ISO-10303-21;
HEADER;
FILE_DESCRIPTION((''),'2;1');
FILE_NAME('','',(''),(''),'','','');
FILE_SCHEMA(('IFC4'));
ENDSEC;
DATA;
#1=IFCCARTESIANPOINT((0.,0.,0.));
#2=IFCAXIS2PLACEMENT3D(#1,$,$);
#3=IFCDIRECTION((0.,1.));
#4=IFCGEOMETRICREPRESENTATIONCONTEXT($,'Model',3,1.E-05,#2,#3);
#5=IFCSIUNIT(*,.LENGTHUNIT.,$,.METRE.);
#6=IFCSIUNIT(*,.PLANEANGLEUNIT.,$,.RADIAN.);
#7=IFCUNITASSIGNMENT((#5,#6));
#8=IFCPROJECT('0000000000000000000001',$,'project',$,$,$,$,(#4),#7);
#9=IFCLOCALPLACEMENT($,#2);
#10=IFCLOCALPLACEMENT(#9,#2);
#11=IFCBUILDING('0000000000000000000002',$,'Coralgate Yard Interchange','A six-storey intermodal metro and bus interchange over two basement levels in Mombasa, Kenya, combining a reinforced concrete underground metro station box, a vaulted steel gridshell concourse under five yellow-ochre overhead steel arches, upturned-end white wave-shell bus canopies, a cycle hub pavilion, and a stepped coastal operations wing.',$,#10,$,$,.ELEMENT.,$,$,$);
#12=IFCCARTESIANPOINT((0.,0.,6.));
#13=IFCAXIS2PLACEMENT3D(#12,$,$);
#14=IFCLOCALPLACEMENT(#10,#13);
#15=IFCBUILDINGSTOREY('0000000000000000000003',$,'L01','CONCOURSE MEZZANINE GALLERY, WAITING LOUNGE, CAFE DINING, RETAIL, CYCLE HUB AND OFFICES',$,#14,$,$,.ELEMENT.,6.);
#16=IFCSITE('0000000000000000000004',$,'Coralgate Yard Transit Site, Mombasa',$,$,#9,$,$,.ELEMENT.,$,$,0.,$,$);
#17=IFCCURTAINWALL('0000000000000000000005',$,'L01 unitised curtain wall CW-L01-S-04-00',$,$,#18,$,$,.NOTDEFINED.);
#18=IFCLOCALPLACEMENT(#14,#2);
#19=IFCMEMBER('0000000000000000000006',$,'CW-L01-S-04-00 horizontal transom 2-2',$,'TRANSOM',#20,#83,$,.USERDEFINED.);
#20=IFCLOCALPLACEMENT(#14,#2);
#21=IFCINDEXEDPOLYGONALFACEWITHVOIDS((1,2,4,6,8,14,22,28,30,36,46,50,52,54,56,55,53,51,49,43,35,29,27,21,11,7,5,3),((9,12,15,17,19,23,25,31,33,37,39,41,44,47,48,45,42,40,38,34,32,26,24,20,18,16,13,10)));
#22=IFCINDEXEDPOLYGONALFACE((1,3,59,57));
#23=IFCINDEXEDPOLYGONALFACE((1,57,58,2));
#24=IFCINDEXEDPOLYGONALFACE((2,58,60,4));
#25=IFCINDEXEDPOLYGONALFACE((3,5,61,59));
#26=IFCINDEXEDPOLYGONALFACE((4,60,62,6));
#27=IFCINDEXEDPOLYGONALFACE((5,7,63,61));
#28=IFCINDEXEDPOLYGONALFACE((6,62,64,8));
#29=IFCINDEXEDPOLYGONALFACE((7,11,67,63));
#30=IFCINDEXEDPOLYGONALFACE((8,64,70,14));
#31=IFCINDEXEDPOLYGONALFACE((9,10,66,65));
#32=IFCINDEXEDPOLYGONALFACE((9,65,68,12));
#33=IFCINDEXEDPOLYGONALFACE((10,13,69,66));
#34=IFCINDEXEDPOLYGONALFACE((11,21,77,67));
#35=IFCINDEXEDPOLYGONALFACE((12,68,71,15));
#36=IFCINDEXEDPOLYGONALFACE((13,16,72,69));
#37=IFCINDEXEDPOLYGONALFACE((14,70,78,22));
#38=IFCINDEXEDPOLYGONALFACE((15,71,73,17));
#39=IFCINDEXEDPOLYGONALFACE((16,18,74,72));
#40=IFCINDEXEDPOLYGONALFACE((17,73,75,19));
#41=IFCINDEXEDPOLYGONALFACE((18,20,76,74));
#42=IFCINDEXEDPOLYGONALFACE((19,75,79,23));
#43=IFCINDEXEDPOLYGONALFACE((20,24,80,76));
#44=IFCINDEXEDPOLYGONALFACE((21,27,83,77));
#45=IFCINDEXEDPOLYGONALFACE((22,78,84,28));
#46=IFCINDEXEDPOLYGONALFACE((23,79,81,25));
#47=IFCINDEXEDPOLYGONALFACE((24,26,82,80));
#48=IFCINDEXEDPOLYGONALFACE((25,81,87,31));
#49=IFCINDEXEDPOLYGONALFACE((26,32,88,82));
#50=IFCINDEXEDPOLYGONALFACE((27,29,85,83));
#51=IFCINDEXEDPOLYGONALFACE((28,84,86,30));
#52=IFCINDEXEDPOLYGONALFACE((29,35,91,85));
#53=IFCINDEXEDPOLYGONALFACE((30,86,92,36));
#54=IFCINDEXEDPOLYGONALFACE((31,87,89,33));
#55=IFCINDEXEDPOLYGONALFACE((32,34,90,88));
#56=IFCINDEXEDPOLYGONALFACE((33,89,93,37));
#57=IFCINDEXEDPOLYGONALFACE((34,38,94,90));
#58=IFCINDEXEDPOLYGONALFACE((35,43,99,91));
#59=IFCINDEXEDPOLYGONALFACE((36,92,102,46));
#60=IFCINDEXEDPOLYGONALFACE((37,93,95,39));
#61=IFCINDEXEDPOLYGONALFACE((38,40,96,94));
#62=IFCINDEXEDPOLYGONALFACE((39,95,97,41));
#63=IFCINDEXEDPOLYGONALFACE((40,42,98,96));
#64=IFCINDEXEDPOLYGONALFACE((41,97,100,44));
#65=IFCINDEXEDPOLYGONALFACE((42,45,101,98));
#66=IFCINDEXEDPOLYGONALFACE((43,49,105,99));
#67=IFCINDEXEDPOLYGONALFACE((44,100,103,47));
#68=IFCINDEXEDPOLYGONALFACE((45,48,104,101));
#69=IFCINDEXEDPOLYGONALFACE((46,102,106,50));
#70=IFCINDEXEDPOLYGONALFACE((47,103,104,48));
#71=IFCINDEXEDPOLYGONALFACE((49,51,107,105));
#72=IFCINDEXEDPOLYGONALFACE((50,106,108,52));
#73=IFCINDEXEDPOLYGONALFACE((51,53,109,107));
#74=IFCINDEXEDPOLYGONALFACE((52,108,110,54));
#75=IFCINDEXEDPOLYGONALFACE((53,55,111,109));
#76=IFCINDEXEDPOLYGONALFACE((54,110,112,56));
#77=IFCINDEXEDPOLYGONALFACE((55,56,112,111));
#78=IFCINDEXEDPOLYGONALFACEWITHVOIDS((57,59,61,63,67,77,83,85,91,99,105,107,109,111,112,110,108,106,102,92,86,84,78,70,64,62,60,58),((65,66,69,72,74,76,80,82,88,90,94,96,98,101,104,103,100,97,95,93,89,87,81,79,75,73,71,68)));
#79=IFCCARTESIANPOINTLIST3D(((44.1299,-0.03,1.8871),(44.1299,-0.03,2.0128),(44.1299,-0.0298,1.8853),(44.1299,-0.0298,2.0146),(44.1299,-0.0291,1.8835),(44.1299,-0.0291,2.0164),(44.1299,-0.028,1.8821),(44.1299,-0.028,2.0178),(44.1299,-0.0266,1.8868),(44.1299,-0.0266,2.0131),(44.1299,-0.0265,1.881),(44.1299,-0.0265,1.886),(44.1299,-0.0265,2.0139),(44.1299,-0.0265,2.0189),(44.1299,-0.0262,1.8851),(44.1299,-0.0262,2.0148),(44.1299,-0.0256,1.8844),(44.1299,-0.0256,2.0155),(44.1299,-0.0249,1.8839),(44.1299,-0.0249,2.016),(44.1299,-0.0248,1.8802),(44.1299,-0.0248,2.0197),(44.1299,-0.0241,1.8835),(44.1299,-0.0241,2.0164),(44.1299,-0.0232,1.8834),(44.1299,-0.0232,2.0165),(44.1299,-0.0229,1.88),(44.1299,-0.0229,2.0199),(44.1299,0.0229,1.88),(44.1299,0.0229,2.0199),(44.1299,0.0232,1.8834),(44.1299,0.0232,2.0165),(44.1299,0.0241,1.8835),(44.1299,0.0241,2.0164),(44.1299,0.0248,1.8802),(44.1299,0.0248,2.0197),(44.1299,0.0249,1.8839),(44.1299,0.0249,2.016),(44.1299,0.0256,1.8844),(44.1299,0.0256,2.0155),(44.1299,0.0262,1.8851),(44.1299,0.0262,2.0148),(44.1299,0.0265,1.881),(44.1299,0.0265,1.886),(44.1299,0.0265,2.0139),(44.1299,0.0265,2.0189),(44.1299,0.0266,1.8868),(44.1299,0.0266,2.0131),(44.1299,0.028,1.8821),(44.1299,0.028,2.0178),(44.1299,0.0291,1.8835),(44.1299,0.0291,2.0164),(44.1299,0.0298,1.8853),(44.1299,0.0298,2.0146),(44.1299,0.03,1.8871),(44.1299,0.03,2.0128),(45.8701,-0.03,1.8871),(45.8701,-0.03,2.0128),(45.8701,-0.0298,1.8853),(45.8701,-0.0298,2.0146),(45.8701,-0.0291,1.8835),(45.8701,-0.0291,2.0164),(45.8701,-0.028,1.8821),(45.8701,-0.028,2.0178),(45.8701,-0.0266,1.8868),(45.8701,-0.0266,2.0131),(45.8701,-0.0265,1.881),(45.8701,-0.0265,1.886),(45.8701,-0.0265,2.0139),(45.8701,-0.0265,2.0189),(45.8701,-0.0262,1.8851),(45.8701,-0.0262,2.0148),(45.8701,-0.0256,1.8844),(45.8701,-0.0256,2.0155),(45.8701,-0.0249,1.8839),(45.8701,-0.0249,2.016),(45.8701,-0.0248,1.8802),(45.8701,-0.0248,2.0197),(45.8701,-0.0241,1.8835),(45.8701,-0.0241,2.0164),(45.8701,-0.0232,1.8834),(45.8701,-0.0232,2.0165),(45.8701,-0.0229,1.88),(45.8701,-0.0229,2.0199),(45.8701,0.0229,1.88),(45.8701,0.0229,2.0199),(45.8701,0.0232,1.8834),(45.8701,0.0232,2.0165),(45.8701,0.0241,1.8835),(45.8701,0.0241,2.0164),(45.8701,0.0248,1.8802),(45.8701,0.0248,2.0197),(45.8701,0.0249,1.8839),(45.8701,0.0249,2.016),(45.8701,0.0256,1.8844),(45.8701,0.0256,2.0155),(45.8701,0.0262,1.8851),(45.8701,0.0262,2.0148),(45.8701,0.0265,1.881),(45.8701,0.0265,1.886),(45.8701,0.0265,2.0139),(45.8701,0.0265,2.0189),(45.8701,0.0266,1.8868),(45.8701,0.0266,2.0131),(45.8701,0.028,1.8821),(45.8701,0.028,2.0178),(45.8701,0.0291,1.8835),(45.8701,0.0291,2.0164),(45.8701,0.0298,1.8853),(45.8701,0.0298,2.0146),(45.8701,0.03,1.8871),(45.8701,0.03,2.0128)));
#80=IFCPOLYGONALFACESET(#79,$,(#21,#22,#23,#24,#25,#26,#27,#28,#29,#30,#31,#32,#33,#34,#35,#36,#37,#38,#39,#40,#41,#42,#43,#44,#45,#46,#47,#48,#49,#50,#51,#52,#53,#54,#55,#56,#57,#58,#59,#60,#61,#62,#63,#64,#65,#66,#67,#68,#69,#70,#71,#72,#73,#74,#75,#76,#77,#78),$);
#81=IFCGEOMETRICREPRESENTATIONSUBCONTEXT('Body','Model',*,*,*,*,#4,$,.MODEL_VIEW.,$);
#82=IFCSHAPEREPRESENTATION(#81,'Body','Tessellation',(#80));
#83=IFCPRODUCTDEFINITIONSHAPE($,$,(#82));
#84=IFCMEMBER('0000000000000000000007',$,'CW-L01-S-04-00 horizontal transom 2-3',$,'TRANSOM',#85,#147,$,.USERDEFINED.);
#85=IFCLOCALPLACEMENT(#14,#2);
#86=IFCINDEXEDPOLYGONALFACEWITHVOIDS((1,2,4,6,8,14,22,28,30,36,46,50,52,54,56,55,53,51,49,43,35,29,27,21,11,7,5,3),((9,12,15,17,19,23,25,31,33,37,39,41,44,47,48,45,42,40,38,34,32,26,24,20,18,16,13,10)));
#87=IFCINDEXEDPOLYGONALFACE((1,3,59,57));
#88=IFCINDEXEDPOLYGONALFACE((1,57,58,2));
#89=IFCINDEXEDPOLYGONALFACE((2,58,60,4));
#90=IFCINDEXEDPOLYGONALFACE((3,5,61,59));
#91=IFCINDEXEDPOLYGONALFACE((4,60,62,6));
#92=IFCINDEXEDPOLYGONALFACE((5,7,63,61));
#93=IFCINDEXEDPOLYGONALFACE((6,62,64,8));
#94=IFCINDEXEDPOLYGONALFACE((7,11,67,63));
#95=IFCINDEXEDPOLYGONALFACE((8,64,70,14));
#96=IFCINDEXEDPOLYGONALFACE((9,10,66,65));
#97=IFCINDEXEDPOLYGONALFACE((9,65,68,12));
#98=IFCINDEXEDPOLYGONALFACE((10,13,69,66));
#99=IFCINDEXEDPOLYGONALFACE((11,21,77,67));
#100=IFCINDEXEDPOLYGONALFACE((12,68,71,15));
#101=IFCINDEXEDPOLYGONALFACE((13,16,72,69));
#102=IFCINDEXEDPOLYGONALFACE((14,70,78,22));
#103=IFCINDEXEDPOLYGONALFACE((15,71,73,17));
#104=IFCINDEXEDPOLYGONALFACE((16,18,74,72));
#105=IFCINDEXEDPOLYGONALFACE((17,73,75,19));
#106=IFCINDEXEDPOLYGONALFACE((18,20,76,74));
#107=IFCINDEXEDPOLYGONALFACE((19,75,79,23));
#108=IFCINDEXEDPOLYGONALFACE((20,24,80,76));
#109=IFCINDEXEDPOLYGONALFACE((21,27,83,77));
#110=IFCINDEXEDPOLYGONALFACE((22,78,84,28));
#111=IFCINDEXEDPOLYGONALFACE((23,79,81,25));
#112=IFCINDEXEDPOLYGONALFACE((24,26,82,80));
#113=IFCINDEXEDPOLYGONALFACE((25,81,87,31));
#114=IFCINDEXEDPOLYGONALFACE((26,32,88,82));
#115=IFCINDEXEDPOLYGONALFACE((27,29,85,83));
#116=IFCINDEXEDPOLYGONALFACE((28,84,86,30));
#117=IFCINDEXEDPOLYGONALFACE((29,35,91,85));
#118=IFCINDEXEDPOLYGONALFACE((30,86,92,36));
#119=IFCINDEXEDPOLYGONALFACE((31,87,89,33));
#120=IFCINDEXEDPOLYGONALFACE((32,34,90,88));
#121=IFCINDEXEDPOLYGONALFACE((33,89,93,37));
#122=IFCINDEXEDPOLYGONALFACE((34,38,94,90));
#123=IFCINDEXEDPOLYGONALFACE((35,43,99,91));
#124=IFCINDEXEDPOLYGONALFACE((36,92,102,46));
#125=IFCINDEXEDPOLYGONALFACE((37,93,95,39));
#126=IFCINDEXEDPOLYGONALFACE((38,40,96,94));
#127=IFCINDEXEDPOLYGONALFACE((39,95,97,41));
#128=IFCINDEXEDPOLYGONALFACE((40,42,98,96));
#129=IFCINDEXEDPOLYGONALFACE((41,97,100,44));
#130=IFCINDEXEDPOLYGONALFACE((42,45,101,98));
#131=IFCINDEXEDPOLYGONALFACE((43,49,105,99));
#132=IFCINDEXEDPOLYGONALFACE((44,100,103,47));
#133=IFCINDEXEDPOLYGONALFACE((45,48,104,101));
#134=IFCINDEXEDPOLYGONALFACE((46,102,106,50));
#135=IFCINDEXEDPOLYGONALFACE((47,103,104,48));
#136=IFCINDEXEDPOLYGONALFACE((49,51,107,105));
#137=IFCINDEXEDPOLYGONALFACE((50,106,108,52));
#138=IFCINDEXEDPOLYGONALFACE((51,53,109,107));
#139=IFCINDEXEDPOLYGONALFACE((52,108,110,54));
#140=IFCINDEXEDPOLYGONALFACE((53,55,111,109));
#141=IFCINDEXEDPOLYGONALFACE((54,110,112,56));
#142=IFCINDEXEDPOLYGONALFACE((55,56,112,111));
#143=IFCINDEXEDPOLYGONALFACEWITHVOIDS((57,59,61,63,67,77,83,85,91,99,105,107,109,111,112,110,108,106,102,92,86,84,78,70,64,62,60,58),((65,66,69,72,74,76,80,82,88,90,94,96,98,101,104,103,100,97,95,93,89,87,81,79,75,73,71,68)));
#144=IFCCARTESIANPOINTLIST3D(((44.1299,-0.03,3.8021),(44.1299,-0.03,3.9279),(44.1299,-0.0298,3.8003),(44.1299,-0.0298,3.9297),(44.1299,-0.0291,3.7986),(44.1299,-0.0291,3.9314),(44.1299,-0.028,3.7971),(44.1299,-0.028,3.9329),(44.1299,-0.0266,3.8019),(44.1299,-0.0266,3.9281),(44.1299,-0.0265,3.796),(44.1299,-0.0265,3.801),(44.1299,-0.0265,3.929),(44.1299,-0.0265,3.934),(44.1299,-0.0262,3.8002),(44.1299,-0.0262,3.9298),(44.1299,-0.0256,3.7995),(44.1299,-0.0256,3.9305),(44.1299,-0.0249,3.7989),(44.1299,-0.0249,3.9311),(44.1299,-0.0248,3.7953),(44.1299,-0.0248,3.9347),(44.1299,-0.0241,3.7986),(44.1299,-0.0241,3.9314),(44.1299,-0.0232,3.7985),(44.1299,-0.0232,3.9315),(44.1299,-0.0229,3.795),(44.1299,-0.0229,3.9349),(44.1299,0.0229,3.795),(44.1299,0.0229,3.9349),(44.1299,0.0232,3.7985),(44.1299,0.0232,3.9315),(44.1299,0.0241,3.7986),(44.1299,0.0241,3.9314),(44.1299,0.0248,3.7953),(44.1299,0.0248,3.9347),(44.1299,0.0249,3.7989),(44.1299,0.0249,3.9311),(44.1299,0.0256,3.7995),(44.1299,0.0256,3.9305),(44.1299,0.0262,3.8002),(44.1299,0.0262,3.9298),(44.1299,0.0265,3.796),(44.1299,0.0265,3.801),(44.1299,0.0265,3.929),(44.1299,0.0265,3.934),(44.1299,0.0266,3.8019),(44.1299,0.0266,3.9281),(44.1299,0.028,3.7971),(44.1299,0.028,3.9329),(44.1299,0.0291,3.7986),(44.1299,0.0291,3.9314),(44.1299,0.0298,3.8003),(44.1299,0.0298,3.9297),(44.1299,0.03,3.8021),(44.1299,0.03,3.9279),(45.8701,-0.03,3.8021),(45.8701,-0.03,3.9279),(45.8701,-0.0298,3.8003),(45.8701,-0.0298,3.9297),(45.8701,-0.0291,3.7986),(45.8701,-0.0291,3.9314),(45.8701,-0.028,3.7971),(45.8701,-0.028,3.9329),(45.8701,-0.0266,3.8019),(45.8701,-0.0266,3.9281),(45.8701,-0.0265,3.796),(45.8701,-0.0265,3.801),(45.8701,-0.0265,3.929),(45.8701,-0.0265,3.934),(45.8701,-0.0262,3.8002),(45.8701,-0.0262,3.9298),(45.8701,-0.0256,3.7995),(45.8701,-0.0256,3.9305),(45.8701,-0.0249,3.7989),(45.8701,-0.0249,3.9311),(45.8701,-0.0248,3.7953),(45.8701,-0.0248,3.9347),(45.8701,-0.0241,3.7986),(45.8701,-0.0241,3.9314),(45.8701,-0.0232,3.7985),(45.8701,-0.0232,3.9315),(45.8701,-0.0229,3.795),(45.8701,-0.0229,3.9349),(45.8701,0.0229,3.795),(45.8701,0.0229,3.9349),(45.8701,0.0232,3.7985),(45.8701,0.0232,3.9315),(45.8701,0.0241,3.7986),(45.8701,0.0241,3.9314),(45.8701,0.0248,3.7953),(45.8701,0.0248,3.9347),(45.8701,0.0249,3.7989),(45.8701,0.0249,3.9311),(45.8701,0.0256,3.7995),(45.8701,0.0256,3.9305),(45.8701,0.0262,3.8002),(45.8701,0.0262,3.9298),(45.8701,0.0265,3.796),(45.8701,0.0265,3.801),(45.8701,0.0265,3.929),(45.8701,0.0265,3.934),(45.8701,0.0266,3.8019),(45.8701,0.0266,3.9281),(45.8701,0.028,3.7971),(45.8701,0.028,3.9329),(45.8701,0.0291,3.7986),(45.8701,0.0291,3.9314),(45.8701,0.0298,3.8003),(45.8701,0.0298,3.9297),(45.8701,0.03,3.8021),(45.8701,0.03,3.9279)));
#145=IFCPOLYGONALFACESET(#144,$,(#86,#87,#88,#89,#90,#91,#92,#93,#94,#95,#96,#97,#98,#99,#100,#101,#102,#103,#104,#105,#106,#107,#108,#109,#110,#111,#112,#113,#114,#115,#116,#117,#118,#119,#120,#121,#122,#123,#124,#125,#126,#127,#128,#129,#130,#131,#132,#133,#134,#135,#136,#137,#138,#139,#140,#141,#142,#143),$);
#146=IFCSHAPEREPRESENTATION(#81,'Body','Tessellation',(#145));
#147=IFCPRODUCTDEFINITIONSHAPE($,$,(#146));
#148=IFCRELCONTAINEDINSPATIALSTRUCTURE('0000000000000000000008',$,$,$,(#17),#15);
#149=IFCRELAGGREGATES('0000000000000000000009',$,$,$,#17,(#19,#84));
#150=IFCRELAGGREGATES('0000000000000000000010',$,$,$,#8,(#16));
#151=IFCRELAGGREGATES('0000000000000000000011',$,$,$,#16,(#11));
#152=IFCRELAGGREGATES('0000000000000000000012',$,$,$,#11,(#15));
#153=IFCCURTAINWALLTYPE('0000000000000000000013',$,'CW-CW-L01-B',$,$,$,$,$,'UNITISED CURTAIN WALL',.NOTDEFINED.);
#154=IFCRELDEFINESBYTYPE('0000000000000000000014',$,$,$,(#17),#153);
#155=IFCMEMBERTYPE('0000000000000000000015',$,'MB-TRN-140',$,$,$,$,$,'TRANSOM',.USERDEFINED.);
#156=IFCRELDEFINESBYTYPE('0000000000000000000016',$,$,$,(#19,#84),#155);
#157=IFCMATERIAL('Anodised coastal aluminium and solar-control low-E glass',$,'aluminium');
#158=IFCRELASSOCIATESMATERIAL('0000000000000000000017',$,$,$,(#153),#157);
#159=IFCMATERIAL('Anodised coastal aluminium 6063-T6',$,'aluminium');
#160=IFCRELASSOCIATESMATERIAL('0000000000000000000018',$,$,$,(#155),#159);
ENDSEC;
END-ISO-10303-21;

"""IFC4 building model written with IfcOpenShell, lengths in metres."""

from ifc_helpers import new_model, si_unit, direction, frame, origin, origin_2d, place, context, subcontext, project, spatial, hollow_rectangle, extrude, material, material_profile, profile_set, type_object, element, aggregate, save


model = new_model("IFC4")

# Units and contexts
model_context = context("Model", 3, precision=1e-05, world=origin(), true_north=direction((0.0, 1.0)))
body_context = subcontext(model_context, "Body", "Model", "MODEL_VIEW")
ifc_project = project(units=[si_unit("LENGTHUNIT", "METRE"), si_unit("PLANEANGLEUNIT", "RADIAN")], contexts=[model_context])

# Site, building, storey
site_placement = place(None, origin())
site = spatial("IfcSite", under=ifc_project, at=site_placement, Name="Coralgate Yard Transit Site, Mombasa", CompositionType="ELEMENT", RefElevation=0.0)
building_placement = place(site_placement, origin())
building = spatial("IfcBuilding", under=site, at=building_placement, Name="Coralgate Yard Interchange", Description="A six-storey intermodal metro and bus interchange over two basement levels in Mombasa, Kenya, combining a reinforced concrete underground metro station box, a vaulted steel gridshell concourse under five yellow-ochre overhead steel arches, upturned-end white wave-shell bus canopies, a cycle hub pavilion, and a stepped coastal operations wing.", CompositionType="ELEMENT")
storey_placement = place(building_placement, frame((0.0, 0.0, 6.0)))
storey = spatial("IfcBuildingStorey", under=building, at=storey_placement, Name="L01", Description="CONCOURSE MEZZANINE GALLERY, WAITING LOUNGE, CAFE DINING, RETAIL, CYCLE HUB AND OFFICES", CompositionType="ELEMENT", Elevation=6.0)

# Curtain wall, members
ifc_material_1 = material(Name="Anodised coastal aluminium and solar-control low-E glass", Category="aluminium")
curtain_wall_type = type_object("IfcCurtainWallType", Name="CW-CW-L01-B", ElementType="UNITISED CURTAIN WALL", PredefinedType="NOTDEFINED", material=ifc_material_1)
curtain_wall_placement = place(storey_placement, origin())
curtain_wall = element("IfcCurtainWall", 1, at=curtain_wall_placement, inside=storey, type_object=curtain_wall_type, Name="L01 unitised curtain wall CW-L01-S-04-00", PredefinedType="NOTDEFINED")
ifc_material_2 = material(Name="Anodised coastal aluminium 6063-T6", Category="aluminium")
ifc_material_profile_1 = material_profile(ifc_material_2, hollow_rectangle(XDim=0.0601, YDim=0.1399, WallThickness=0.0034, InnerFilletRadius=0.0034, OuterFilletRadius=0.0071, at=origin_2d()), Name="ALU 60x140x3.5")
ifc_profile_set_1 = profile_set([ifc_material_profile_1], Name="Anodised coastal aluminium 6063-T6")
member_type_1 = type_object("IfcMemberType", Name="MB-TRN-140", ElementType="TRANSOM", PredefinedType="USERDEFINED", material=ifc_profile_set_1)
member_1_placement = place(storey_placement, frame((45.8701, 0.0, 1.95), z_axis=(-1.0, 0.0, 0.0), x_axis=(0.0, -1.0, 0.0)))
member_1 = element("IfcMember", 2, at=member_1_placement, type_object=member_type_1, Name="CW-L01-S-04-00 horizontal transom 2-2", ObjectType="TRANSOM", PredefinedType="USERDEFINED", context=body_context, shape_type="SweptSolid", body=[
    extrude(hollow_rectangle(XDim=0.0601, YDim=0.1399, WallThickness=0.0034, InnerFilletRadius=0.0034, OuterFilletRadius=0.0071, at=origin_2d()), origin(), (0.0, 0.0, 1.0), 1.7402),
])
member_2_placement = place(storey_placement, frame((45.8701, 0.0, 3.865), z_axis=(-1.0, 0.0, 0.0), x_axis=(0.0, -1.0, 0.0)))
member_2 = element("IfcMember", 3, at=member_2_placement, type_object=member_type_1, Name="CW-L01-S-04-00 horizontal transom 2-3", ObjectType="TRANSOM", PredefinedType="USERDEFINED", context=body_context, shape_type="SweptSolid", body=[
    extrude(hollow_rectangle(XDim=0.0601, YDim=0.1399, WallThickness=0.0034, InnerFilletRadius=0.0034, OuterFilletRadius=0.0071, at=origin_2d()), origin(), (0.0, 0.0, 1.0), 1.7402),
])
aggregate(curtain_wall, [member_1, member_2])

save(model, "model.ifc")
